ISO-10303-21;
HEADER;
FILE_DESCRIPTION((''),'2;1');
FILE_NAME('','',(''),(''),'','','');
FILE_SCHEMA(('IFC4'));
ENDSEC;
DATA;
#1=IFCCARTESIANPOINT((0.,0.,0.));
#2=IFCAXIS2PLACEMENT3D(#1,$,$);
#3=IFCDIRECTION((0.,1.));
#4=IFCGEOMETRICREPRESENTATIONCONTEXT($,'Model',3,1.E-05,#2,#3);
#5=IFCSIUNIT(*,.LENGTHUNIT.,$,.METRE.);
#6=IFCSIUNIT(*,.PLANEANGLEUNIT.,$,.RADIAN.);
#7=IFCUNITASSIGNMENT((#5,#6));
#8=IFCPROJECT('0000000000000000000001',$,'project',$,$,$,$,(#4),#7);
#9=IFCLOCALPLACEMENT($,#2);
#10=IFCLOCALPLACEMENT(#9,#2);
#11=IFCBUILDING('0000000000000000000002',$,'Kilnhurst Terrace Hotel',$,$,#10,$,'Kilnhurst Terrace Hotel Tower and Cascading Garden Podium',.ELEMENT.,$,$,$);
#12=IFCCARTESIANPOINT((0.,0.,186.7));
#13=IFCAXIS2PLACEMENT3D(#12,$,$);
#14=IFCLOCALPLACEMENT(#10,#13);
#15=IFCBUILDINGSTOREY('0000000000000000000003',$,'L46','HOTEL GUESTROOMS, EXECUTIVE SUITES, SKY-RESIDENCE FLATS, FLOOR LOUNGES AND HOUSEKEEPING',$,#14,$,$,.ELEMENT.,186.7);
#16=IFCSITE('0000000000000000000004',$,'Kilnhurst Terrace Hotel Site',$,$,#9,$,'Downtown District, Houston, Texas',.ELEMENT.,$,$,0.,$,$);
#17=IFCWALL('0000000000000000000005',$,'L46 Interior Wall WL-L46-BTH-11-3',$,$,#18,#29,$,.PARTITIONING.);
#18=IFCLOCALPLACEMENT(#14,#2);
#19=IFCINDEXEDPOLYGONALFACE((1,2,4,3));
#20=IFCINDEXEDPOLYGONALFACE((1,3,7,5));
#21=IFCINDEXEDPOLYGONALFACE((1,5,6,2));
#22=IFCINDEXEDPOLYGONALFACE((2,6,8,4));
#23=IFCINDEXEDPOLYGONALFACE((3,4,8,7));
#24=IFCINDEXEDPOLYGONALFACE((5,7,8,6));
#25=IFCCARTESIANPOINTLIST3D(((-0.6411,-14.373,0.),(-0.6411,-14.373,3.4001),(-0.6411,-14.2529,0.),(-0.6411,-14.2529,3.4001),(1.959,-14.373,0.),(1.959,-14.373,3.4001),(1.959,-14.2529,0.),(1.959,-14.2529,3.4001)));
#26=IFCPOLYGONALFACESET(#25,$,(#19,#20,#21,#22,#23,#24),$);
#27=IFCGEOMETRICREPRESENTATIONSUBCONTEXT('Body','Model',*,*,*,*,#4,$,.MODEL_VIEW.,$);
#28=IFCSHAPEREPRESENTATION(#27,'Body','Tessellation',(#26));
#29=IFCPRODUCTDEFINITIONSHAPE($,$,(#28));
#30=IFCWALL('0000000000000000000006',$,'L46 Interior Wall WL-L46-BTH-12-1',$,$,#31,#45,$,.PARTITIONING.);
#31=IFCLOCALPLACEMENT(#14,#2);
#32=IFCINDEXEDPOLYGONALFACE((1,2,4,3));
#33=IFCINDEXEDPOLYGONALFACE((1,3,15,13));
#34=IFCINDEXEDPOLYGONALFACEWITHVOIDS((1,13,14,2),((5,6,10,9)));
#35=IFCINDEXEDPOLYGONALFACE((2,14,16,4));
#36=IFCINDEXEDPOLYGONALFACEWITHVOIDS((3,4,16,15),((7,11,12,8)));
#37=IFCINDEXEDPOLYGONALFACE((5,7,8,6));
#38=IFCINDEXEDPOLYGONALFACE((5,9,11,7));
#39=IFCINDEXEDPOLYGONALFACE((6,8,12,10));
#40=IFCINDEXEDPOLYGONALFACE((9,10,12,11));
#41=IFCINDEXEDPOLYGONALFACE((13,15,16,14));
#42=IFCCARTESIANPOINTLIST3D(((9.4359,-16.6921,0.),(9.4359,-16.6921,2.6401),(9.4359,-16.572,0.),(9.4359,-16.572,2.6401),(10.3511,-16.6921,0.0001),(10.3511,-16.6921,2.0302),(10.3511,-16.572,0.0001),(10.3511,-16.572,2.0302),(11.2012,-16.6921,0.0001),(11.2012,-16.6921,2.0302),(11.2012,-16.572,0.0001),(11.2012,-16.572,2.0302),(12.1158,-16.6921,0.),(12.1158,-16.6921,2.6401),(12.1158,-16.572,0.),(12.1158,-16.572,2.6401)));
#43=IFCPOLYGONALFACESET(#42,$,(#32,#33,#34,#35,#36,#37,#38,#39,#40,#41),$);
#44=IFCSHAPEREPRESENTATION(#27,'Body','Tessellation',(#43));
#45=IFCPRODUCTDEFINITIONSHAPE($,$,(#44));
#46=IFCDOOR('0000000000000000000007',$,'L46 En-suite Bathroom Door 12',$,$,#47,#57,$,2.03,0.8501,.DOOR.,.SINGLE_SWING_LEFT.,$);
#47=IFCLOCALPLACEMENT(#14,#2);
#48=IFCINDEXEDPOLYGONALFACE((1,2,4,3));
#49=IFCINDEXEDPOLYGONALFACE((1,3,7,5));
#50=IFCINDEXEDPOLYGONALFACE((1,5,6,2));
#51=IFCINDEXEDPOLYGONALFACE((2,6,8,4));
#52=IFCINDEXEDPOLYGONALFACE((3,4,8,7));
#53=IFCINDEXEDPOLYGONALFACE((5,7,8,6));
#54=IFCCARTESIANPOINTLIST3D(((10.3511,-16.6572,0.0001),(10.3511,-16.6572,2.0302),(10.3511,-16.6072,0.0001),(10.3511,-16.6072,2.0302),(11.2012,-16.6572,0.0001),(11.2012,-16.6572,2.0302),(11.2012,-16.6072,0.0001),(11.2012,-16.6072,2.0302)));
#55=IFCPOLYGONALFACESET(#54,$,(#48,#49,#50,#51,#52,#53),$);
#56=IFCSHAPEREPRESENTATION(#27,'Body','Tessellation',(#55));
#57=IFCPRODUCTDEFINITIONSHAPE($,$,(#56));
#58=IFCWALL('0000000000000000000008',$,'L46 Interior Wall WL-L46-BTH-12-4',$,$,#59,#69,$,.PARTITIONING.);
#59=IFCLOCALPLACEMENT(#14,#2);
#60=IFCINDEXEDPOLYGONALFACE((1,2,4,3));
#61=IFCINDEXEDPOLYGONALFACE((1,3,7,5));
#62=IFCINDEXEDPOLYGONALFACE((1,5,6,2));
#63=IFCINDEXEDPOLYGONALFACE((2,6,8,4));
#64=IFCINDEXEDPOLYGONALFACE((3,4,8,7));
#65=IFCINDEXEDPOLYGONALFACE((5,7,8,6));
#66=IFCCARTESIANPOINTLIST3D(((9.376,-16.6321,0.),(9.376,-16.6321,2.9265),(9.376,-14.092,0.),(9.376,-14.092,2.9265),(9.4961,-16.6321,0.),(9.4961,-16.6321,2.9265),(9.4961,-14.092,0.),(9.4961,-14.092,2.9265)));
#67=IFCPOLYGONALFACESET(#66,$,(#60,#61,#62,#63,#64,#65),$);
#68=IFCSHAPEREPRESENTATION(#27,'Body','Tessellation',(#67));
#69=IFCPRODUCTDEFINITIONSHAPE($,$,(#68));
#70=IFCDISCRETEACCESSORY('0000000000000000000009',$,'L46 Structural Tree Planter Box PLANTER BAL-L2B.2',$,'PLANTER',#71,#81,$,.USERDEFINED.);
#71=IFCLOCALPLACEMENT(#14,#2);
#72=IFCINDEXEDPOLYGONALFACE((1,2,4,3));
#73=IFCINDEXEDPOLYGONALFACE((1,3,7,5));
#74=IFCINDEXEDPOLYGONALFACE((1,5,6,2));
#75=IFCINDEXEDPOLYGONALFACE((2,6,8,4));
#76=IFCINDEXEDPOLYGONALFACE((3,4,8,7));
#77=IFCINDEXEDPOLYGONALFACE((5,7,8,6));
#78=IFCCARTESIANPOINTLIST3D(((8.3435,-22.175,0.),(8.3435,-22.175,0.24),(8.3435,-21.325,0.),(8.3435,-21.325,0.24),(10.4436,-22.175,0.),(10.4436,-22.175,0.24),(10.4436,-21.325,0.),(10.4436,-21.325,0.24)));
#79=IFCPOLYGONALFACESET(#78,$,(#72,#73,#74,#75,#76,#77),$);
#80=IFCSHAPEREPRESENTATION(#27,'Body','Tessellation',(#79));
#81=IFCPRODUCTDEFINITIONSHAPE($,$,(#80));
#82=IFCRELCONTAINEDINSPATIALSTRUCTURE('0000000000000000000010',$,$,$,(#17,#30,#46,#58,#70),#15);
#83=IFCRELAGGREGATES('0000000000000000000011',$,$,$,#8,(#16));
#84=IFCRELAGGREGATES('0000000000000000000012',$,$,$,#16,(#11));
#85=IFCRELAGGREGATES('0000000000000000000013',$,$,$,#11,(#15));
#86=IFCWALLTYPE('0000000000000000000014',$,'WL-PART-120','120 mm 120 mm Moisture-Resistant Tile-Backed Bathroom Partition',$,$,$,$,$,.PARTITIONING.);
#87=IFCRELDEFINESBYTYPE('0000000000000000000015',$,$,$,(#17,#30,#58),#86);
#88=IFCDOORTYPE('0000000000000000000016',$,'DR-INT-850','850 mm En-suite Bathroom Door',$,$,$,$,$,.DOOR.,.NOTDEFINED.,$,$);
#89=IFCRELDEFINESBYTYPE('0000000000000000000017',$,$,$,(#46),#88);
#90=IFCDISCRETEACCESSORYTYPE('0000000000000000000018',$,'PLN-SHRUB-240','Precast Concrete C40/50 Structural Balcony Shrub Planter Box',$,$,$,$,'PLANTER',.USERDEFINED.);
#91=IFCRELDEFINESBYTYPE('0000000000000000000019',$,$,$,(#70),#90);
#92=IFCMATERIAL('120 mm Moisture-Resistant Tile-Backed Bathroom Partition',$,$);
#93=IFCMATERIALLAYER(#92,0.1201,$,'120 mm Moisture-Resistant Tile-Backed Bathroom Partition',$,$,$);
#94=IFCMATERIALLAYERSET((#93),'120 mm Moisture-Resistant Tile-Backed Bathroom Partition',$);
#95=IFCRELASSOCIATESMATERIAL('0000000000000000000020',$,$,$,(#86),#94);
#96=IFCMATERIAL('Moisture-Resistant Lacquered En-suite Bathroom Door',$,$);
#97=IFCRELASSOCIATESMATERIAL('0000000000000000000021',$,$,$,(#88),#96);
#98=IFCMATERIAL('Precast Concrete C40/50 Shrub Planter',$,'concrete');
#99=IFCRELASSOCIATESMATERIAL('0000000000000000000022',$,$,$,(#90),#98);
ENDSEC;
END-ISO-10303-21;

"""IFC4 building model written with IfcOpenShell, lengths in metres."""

from ifc_helpers import new_model, si_unit, direction, frame, frame_2d, origin, origin_2d, place, context, subcontext, project, spatial, rectangle, extrude, material, layer, layer_set, type_object, element, fill, save


model = new_model("IFC4")

# Units and contexts
model_context = context("Model", 3, precision=1e-05, world=origin(), true_north=direction((0.0, 1.0)))
body_context = subcontext(model_context, "Body", "Model", "MODEL_VIEW")
ifc_project = project(units=[si_unit("LENGTHUNIT", "METRE"), si_unit("PLANEANGLEUNIT", "RADIAN")], contexts=[model_context])

# Site, building, storey
site_placement = place(None, origin())
site = spatial("IfcSite", under=ifc_project, at=site_placement, Name="Kilnhurst Terrace Hotel Site", LongName="Downtown District, Houston, Texas", CompositionType="ELEMENT", RefElevation=0.0)
building_placement = place(site_placement, origin())
building = spatial("IfcBuilding", under=site, at=building_placement, Name="Kilnhurst Terrace Hotel", LongName="Kilnhurst Terrace Hotel Tower and Cascading Garden Podium", CompositionType="ELEMENT")
storey_placement = place(building_placement, frame((0.0, 0.0, 186.7)))
storey = spatial("IfcBuildingStorey", under=building, at=storey_placement, Name="L46", Description="HOTEL GUESTROOMS, EXECUTIVE SUITES, SKY-RESIDENCE FLATS, FLOOR LOUNGES AND HOUSEKEEPING", CompositionType="ELEMENT", Elevation=186.7)

# Wall
ifc_material_1 = material(Name="120 mm Moisture-Resistant Tile-Backed Bathroom Partition")
ifc_layer_1 = layer(ifc_material_1, 0.1201, Name="120 mm Moisture-Resistant Tile-Backed Bathroom Partition")
ifc_layer_set_1 = layer_set([ifc_layer_1], Name="120 mm Moisture-Resistant Tile-Backed Bathroom Partition")
wall_type_1 = type_object("IfcWallType", Name="WL-PART-120", Description="120 mm 120 mm Moisture-Resistant Tile-Backed Bathroom Partition", PredefinedType="PARTITIONING", material=ifc_layer_set_1)
wall_1_placement = place(storey_placement, frame((1.959, -14.313, 0.0), z_axis=(0.0, 0.0, 1.0), x_axis=(-1.0, 0.0, 0.0)))
element("IfcWall", 1, at=wall_1_placement, inside=storey, type_object=wall_type_1, Name="L46 Interior Wall WL-L46-BTH-11-3", PredefinedType="PARTITIONING", context=body_context, shape_type="SweptSolid", body=[
    extrude(rectangle(XDim=2.6001, YDim=0.1201, at=frame_2d((1.3, 0.0))), origin(), (0.0, 0.0, 1.0), 3.4001),
])

# Wall, opening, door
wall_2_placement = place(storey_placement, frame((9.436, -16.6321, 0.0), z_axis=(0.0, 0.0, 1.0), x_axis=(1.0, 0.0, 0.0)))
wall_2 = element("IfcWall", 2, at=wall_2_placement, inside=storey, type_object=wall_type_1, Name="L46 Interior Wall WL-L46-BTH-12-1", PredefinedType="PARTITIONING", context=body_context, shape_type="SweptSolid", body=[
    extrude(rectangle(XDim=2.6799, YDim=0.1201, at=frame_2d((1.3398, 0.0))), origin(), (0.0, 0.0, 1.0), 2.6401),
])
opening_placement = place(wall_2_placement, frame((0.915, 0.0, 0.0)))
opening = element("IfcOpeningElement", 3, at=opening_placement, cuts=wall_2, PredefinedType="OPENING", context=body_context, shape_type="SweptSolid", body=[
    extrude(rectangle(XDim=0.8501, YDim=2.03, at=frame_2d((0.425, 1.0151))), frame((0.0, 0.0701, 0.0), z_axis=(0.0, -1.0, 0.0), x_axis=(1.0, 0.0, 0.0)), (0.0, 0.0, 1.0), 0.1401),
])
ifc_material_2 = material(Name="Moisture-Resistant Lacquered En-suite Bathroom Door")
door_type = type_object("IfcDoorType", Name="DR-INT-850", Description="850 mm En-suite Bathroom Door", OperationType="NOTDEFINED", PredefinedType="DOOR", material=ifc_material_2)
door_placement = place(opening_placement, origin())
door = element("IfcDoor", 4, at=door_placement, inside=storey, type_object=door_type, Name="L46 En-suite Bathroom Door 12", OperationType="SINGLE_SWING_LEFT", OverallHeight=2.03, OverallWidth=0.8501, PredefinedType="DOOR", context=body_context, shape_type="SweptSolid", body=[
    extrude(rectangle(XDim=0.8501, YDim=2.03, at=frame_2d((0.425, 1.0151))), frame((0.0, 0.0249, 0.0), z_axis=(0.0, -1.0, 0.0), x_axis=(1.0, 0.0, 0.0)), (0.0, 0.0, 1.0), 0.05),
])
fill(opening, door)

# Wall
wall_3_placement = place(storey_placement, frame((9.436, -14.092, 0.0), z_axis=(0.0, 0.0, 1.0), x_axis=(0.0, -1.0, 0.0)))
element("IfcWall", 5, at=wall_3_placement, inside=storey, type_object=wall_type_1, Name="L46 Interior Wall WL-L46-BTH-12-4", PredefinedType="PARTITIONING", context=body_context, shape_type="SweptSolid", body=[
    extrude(rectangle(XDim=2.54, YDim=0.1201, at=frame_2d((1.27, 0.0))), origin(), (0.0, 0.0, 1.0), 2.9265),
])

# Discrete accessory
ifc_material_3 = material(Name="Precast Concrete C40/50 Shrub Planter", Category="concrete")
discrete_accessory_type = type_object("IfcDiscreteAccessoryType", Name="PLN-SHRUB-240", Description="Precast Concrete C40/50 Structural Balcony Shrub Planter Box", ElementType="PLANTER", PredefinedType="USERDEFINED", material=ifc_material_3)
discrete_accessory_placement = place(storey_placement, frame((9.3936, -21.75, 0.0), z_axis=(0.0, 0.0, 1.0), x_axis=(1.0, 0.0, 0.0)))
element("IfcDiscreteAccessory", 6, at=discrete_accessory_placement, inside=storey, type_object=discrete_accessory_type, Name="L46 Structural Tree Planter Box PLANTER BAL-L2B.2", ObjectType="PLANTER", PredefinedType="USERDEFINED", context=body_context, shape_type="SweptSolid", body=[
    extrude(rectangle(XDim=2.1001, YDim=0.8501, at=origin_2d()), origin(), (0.0, 0.0, 1.0), 0.24),
])

save(model, "model.ifc")
